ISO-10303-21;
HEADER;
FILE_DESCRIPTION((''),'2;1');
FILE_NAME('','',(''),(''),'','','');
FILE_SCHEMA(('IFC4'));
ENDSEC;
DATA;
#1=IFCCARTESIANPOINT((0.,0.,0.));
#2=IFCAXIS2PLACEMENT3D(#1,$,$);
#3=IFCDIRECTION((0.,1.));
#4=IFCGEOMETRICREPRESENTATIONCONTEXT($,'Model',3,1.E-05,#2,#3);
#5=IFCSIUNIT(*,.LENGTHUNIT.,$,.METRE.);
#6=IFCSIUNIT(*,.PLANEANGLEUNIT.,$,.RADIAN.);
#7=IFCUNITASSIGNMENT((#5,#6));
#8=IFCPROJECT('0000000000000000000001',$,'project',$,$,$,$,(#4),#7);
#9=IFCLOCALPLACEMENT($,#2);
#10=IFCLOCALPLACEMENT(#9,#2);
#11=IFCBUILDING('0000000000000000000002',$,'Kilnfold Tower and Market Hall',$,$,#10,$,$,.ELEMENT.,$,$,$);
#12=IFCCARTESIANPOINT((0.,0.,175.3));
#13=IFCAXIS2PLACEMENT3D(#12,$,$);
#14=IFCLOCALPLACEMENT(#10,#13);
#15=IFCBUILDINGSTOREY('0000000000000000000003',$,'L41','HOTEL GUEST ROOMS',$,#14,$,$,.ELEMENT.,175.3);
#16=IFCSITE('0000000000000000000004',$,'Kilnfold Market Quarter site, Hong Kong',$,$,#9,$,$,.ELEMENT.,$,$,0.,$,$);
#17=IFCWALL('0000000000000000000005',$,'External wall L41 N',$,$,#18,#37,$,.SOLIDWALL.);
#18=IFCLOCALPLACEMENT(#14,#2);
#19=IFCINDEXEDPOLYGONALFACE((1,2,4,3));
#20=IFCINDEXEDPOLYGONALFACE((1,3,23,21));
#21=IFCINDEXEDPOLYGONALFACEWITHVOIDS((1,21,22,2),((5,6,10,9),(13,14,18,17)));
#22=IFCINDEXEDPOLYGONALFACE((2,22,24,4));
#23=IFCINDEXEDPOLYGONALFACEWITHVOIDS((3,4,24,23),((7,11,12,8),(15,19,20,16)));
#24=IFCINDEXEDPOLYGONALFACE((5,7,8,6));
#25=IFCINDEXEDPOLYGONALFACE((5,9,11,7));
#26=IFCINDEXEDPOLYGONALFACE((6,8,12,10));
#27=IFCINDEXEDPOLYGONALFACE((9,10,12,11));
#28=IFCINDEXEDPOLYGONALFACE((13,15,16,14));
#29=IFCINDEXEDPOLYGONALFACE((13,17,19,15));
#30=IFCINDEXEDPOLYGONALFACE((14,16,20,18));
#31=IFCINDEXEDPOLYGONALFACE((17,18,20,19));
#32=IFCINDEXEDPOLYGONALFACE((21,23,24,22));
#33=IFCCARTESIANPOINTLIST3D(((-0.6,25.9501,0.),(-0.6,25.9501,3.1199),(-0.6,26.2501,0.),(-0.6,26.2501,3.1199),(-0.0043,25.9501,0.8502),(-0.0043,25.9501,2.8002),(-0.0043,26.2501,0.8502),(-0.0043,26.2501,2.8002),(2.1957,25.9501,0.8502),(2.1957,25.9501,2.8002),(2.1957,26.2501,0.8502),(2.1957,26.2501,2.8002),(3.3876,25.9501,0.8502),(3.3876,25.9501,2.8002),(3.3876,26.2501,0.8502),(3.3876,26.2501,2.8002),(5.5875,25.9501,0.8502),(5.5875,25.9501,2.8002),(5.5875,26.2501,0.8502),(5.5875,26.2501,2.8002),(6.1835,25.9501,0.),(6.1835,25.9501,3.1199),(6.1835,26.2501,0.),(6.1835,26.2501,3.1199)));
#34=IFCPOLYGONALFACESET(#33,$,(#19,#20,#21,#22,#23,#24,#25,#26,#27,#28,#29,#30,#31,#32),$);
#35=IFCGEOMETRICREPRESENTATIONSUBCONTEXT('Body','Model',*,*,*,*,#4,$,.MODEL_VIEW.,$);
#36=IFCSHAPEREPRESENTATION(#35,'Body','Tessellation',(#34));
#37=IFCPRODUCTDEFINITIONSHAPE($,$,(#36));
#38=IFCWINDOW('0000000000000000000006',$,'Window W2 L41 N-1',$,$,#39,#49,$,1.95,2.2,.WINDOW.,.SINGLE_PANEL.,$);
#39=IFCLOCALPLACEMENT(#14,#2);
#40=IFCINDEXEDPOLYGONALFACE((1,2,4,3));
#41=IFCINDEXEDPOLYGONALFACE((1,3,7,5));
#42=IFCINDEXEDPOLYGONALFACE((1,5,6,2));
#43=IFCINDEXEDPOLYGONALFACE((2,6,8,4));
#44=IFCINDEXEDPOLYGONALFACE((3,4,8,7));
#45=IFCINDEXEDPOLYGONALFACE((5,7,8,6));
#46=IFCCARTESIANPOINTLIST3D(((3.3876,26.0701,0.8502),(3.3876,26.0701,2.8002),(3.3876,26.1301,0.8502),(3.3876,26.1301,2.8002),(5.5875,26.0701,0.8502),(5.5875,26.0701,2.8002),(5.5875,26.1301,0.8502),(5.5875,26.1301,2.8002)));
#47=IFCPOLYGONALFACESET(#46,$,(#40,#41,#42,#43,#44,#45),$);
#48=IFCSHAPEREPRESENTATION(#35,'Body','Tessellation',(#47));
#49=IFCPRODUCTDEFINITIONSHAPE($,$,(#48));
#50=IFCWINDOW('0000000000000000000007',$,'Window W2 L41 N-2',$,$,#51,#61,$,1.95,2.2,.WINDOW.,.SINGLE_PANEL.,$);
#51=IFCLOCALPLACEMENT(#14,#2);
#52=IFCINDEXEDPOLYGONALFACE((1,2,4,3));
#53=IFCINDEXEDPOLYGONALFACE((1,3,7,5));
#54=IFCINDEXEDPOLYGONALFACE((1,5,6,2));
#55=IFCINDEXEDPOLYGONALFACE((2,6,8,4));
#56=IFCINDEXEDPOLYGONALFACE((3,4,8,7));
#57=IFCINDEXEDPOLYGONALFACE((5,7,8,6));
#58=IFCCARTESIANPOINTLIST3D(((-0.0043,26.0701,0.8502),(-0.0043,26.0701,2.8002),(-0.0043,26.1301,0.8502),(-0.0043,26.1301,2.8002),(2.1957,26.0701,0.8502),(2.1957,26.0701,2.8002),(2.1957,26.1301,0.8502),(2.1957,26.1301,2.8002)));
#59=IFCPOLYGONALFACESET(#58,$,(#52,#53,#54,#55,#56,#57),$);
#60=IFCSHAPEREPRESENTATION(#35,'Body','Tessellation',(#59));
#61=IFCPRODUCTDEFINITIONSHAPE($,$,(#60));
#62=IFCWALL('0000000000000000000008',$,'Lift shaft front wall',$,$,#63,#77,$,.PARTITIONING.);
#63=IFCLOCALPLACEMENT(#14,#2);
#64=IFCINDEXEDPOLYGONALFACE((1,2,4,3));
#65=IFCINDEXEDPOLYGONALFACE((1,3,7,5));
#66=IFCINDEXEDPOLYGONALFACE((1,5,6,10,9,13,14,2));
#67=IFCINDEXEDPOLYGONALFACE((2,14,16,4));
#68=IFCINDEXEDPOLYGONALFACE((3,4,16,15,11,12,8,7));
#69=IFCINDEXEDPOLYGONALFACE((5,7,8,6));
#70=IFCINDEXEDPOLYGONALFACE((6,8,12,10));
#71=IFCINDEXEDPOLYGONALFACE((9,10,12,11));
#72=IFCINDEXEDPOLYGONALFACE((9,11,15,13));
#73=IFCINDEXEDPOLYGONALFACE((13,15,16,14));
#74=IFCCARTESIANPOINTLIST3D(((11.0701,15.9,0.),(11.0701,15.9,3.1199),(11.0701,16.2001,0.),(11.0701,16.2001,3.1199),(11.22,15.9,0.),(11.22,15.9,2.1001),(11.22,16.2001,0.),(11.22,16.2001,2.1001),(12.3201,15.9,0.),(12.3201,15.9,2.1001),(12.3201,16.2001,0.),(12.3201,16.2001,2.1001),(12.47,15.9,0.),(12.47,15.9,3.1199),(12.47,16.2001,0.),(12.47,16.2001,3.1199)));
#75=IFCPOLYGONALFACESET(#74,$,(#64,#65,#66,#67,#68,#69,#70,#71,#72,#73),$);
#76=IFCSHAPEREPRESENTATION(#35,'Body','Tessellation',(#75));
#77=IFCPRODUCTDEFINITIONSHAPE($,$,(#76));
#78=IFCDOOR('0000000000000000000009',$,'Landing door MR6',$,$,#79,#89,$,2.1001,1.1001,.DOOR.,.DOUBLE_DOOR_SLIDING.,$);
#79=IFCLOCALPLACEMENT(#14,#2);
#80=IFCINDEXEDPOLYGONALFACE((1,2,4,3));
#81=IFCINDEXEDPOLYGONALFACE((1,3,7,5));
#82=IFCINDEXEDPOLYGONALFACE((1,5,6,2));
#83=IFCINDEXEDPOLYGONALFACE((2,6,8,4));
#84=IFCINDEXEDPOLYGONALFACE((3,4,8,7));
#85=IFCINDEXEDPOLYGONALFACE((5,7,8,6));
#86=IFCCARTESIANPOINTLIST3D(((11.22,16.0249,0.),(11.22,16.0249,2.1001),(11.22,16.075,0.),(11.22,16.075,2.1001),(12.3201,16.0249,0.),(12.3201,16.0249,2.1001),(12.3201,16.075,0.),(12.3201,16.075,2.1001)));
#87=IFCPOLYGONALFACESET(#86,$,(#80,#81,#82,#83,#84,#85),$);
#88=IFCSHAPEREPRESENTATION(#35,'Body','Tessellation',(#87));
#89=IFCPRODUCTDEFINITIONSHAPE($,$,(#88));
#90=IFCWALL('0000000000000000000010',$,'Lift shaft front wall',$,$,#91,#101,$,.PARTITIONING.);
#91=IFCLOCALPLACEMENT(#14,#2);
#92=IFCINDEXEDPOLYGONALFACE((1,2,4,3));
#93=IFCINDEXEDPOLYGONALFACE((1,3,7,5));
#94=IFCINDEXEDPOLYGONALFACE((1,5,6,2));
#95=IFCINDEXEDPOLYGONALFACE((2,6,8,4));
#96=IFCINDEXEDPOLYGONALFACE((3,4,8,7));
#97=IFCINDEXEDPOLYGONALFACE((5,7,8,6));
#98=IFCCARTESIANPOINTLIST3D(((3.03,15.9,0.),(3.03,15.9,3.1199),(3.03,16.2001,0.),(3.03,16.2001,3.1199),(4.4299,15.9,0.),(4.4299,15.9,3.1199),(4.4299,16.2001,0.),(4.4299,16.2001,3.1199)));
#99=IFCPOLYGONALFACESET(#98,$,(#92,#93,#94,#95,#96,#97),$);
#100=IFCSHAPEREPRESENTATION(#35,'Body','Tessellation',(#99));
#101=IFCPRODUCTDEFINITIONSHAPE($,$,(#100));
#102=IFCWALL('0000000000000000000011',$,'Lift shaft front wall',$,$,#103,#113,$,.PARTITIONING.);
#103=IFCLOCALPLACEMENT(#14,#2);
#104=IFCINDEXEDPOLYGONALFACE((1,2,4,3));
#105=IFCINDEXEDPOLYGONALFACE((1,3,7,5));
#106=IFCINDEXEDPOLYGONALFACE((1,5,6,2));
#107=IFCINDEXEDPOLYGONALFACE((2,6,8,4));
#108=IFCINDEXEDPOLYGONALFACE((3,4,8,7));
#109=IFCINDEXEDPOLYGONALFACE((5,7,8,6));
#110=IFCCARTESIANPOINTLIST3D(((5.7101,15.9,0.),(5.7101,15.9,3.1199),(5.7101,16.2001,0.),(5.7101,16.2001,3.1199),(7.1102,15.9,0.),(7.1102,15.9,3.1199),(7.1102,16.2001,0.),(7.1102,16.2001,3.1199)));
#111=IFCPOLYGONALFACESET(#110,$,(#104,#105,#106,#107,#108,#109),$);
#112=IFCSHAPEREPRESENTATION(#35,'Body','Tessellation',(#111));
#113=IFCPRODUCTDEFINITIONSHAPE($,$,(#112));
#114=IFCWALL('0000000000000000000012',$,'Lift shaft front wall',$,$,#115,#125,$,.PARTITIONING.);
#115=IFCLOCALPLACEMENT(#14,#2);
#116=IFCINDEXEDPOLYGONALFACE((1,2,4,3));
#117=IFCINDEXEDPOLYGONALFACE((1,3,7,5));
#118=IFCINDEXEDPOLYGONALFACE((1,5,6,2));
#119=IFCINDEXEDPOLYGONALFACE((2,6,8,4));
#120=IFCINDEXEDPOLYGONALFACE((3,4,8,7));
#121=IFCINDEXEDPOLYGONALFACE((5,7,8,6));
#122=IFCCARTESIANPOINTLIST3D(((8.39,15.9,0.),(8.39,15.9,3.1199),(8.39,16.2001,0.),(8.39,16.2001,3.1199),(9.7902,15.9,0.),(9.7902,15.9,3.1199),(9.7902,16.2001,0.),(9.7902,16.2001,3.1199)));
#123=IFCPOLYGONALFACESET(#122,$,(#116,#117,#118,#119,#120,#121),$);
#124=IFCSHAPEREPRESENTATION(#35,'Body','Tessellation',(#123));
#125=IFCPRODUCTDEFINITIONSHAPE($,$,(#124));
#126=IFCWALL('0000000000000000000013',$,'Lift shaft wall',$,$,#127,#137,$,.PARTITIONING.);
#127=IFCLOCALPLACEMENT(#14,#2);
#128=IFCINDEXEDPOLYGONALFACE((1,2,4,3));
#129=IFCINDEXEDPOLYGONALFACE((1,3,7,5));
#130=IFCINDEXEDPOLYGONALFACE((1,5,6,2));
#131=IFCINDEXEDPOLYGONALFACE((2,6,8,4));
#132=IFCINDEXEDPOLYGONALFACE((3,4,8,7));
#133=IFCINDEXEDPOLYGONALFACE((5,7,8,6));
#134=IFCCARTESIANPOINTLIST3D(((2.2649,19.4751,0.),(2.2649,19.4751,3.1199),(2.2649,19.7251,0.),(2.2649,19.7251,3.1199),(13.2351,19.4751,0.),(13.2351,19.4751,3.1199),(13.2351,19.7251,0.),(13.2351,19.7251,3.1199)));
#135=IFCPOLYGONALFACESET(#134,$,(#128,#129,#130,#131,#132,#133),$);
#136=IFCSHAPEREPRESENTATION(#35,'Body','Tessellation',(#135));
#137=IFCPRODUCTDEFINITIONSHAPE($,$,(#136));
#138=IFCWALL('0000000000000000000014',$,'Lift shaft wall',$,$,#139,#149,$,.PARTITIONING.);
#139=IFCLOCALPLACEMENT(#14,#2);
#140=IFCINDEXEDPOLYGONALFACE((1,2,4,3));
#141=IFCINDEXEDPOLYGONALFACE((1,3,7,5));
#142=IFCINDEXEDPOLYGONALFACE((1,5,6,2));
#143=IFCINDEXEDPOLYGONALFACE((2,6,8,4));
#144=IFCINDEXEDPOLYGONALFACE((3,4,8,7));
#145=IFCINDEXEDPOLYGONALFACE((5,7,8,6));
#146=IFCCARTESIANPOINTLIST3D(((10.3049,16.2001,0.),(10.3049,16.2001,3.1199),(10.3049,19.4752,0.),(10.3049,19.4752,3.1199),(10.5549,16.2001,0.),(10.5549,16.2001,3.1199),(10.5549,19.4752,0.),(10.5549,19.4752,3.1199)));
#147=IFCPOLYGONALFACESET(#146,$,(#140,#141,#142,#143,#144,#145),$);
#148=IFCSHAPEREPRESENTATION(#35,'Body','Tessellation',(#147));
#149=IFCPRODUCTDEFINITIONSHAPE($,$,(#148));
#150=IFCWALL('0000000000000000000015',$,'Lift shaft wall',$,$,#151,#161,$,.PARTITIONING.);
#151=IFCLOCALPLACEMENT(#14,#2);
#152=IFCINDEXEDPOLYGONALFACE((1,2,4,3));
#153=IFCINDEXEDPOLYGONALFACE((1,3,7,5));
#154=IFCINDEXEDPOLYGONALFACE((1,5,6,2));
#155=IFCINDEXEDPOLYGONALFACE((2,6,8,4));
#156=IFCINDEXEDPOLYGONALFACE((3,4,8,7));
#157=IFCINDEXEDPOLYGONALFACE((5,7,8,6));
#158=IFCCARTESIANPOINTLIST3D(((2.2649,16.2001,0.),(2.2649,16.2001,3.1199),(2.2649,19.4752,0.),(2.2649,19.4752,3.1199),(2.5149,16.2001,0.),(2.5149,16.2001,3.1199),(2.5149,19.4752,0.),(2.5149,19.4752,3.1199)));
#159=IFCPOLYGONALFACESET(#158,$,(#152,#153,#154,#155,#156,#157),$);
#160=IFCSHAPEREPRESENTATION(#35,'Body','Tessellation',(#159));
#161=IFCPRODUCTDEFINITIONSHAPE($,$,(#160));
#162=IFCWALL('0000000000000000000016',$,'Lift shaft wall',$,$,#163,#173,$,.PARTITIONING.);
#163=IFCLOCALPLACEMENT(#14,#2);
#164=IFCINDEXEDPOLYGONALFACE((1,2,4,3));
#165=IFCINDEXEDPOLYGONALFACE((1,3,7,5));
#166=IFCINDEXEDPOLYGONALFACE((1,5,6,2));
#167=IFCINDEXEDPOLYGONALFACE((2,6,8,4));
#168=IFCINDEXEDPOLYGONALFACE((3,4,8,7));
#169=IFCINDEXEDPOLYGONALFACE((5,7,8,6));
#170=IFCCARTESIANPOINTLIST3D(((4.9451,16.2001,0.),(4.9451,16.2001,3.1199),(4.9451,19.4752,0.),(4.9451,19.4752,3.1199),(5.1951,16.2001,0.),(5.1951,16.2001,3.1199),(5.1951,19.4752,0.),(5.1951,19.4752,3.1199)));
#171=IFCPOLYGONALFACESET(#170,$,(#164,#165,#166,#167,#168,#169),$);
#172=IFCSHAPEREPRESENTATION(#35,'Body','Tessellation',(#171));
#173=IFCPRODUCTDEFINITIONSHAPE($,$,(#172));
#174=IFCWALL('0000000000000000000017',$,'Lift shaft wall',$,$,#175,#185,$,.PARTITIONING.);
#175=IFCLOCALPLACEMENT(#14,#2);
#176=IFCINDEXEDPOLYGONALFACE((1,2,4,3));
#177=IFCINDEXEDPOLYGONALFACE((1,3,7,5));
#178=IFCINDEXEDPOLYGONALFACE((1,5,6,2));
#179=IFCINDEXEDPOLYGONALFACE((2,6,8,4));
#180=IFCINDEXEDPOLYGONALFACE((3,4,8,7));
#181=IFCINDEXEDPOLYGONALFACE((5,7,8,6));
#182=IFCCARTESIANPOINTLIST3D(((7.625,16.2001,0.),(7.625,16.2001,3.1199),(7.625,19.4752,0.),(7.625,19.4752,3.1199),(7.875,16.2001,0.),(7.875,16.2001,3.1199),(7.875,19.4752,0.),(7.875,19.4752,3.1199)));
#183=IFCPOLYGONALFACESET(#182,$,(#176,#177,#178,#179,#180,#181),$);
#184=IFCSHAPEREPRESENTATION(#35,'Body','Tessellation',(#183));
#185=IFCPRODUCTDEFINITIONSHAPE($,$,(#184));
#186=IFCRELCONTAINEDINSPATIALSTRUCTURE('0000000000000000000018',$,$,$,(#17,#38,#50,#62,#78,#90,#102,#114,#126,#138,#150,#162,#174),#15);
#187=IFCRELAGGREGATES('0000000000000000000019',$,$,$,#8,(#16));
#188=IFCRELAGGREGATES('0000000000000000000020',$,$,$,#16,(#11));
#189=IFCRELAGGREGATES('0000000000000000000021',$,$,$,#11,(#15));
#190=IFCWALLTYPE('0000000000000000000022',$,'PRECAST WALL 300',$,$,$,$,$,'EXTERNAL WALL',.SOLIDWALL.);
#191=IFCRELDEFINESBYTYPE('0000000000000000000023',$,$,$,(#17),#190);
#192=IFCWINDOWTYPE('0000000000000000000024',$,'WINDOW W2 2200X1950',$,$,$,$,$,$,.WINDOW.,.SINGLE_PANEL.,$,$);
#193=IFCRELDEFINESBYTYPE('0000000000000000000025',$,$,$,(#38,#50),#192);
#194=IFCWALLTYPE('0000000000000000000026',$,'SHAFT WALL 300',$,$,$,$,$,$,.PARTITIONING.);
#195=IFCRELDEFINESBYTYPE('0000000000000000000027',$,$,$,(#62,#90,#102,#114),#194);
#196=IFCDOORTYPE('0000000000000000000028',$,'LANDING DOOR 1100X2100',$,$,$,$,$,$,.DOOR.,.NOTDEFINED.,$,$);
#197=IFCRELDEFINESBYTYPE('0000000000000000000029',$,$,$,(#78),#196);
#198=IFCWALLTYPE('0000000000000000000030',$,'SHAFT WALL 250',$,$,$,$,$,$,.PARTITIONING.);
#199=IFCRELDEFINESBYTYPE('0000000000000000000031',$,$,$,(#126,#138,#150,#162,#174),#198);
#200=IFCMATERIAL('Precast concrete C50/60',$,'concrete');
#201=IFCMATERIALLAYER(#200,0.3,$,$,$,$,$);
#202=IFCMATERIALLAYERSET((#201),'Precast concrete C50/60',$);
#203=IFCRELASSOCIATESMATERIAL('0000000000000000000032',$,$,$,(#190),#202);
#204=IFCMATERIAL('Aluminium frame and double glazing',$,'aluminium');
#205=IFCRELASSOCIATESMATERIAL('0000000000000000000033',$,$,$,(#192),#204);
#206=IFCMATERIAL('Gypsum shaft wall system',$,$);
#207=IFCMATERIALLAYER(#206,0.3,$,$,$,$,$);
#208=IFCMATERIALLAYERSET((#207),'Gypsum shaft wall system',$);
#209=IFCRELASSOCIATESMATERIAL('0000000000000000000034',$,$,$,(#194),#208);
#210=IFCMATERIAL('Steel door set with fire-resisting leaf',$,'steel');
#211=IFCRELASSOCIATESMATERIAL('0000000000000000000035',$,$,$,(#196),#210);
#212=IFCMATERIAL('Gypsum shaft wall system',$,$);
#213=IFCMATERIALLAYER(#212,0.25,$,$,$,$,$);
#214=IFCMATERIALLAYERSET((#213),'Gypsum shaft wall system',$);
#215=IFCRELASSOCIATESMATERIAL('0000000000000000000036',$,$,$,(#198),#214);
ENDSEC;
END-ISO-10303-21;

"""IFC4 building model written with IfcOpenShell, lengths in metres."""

from ifc_helpers import new_model, si_unit, direction, frame, frame_2d, origin, place, context, subcontext, project, spatial, rectangle, extrude, source, transform, mapped, material, layer, layer_set, type_object, element, fill, save


model = new_model("IFC4")

# Units and contexts
model_context = context("Model", 3, precision=1e-05, world=origin(), true_north=direction((0.0, 1.0)))
body_context = subcontext(model_context, "Body", "Model", "MODEL_VIEW")
ifc_project = project(units=[si_unit("LENGTHUNIT", "METRE"), si_unit("PLANEANGLEUNIT", "RADIAN")], contexts=[model_context])

# Site, building, storey
site_placement = place(None, origin())
site = spatial("IfcSite", under=ifc_project, at=site_placement, Name="Kilnfold Market Quarter site, Hong Kong", CompositionType="ELEMENT", RefElevation=0.0)
building_placement = place(site_placement, origin())
building = spatial("IfcBuilding", under=site, at=building_placement, Name="Kilnfold Tower and Market Hall", CompositionType="ELEMENT")
storey_placement = place(building_placement, frame((0.0, 0.0, 175.3)))
storey = spatial("IfcBuildingStorey", under=building, at=storey_placement, Name="L41", Description="HOTEL GUEST ROOMS", CompositionType="ELEMENT", Elevation=175.3)

# Wall, openings, windows
ifc_material_1 = material(Name="Precast concrete C50/60", Category="concrete")
ifc_layer_1 = layer(ifc_material_1, 0.3)
ifc_layer_set_1 = layer_set([ifc_layer_1], Name="Precast concrete C50/60")
wall_type_1 = type_object("IfcWallType", Name="PRECAST WALL 300", ElementType="EXTERNAL WALL", PredefinedType="SOLIDWALL", material=ifc_layer_set_1)
shared_shape_1 = source(origin(), body_context, "Body", "SweptSolid", [
    extrude(rectangle(XDim=6.7834, YDim=0.3, at=frame_2d((3.3916, 0.0))), origin(), (0.0, 0.0, 1.0), 3.1199),
])
wall_1_placement = place(storey_placement, frame((6.1833, 26.1001, 0.0), z_axis=(0.0, 0.0, 1.0), x_axis=(-1.0, 0.0, 0.0)))
wall_1 = element("IfcWall", 1, at=wall_1_placement, inside=storey, type_object=wall_type_1, Name="External wall L41 N", PredefinedType="SOLIDWALL", context=body_context, shape_type="MappedRepresentation", body=[
    mapped(shared_shape_1, transform((0.0, 0.0, 0.0))),
])
opening_1_placement = place(wall_1_placement, frame((0.5957, 0.0, 0.8501)))
opening_1 = element("IfcOpeningElement", 2, at=opening_1_placement, cuts=wall_1, PredefinedType="OPENING", context=body_context, shape_type="SweptSolid", body=[
    extrude(rectangle(XDim=2.2, YDim=1.95, at=frame_2d((1.1001, 0.9751))), frame((0.0, 0.1602, 0.0), z_axis=(0.0, -1.0, 0.0), x_axis=(1.0, 0.0, 0.0)), (0.0, 0.0, 1.0), 0.3201),
])
opening_2_placement = place(wall_1_placement, frame((3.9875, 0.0, 0.8501)))
opening_2 = element("IfcOpeningElement", 3, at=opening_2_placement, cuts=wall_1, PredefinedType="OPENING", context=body_context, shape_type="SweptSolid", body=[
    extrude(rectangle(XDim=2.2, YDim=1.95, at=frame_2d((1.1001, 0.9751))), frame((0.0, 0.1602, 0.0), z_axis=(0.0, -1.0, 0.0), x_axis=(1.0, 0.0, 0.0)), (0.0, 0.0, 1.0), 0.3201),
])
ifc_material_2 = material(Name="Aluminium frame and double glazing", Category="aluminium")
window_type = type_object("IfcWindowType", Name="WINDOW W2 2200X1950", PartitioningType="SINGLE_PANEL", PredefinedType="WINDOW", material=ifc_material_2)
window_1_placement = place(opening_1_placement, origin())
window_1 = element("IfcWindow", 4, at=window_1_placement, inside=storey, type_object=window_type, Name="Window W2 L41 N-1", OverallHeight=1.95, OverallWidth=2.2, PartitioningType="SINGLE_PANEL", PredefinedType="WINDOW", context=body_context, shape_type="SweptSolid", body=[
    extrude(rectangle(XDim=2.2, YDim=1.95, at=frame_2d((1.1001, 0.9751))), frame((0.0, 0.03, 0.0), z_axis=(0.0, -1.0, 0.0), x_axis=(1.0, 0.0, 0.0)), (0.0, 0.0, 1.0), 0.0601),
])
fill(opening_1, window_1)
window_2_placement = place(opening_2_placement, origin())
window_2 = element("IfcWindow", 5, at=window_2_placement, inside=storey, type_object=window_type, Name="Window W2 L41 N-2", OverallHeight=1.95, OverallWidth=2.2, PartitioningType="SINGLE_PANEL", PredefinedType="WINDOW", context=body_context, shape_type="SweptSolid", body=[
    extrude(rectangle(XDim=2.2, YDim=1.95, at=frame_2d((1.1001, 0.9751))), frame((0.0, 0.03, 0.0), z_axis=(0.0, -1.0, 0.0), x_axis=(1.0, 0.0, 0.0)), (0.0, 0.0, 1.0), 0.0601),
])
fill(opening_2, window_2)

# Wall, opening, door
ifc_material_3 = material(Name="Gypsum shaft wall system")
ifc_layer_2 = layer(ifc_material_3, 0.3)
ifc_layer_set_2 = layer_set([ifc_layer_2], Name="Gypsum shaft wall system")
wall_type_2 = type_object("IfcWallType", Name="SHAFT WALL 300", PredefinedType="PARTITIONING", material=ifc_layer_set_2)
shared_shape_2 = source(origin(), body_context, "Body", "SweptSolid", [
    extrude(rectangle(XDim=1.3999, YDim=0.3, at=frame_2d((0.7, 0.0))), origin(), (0.0, 0.0, 1.0), 3.1199),
])
wall_2_placement = place(storey_placement, frame((11.0701, 16.05, 0.0), z_axis=(0.0, 0.0, 1.0), x_axis=(1.0, 0.0, 0.0)))
wall_2 = element("IfcWall", 6, at=wall_2_placement, inside=storey, type_object=wall_type_2, Name="Lift shaft front wall", PredefinedType="PARTITIONING", context=body_context, shape_type="MappedRepresentation", body=[
    mapped(shared_shape_2, transform((0.0, 0.0, 0.0))),
])
opening_3_placement = place(wall_2_placement, frame((0.1499, 0.0, 0.0)))
opening_3 = element("IfcOpeningElement", 7, at=opening_3_placement, cuts=wall_2, PredefinedType="OPENING", context=body_context, shape_type="SweptSolid", body=[
    extrude(rectangle(XDim=1.1001, YDim=2.1001, at=frame_2d((0.55, 1.05))), frame((0.0, 0.1602, 0.0), z_axis=(0.0, -1.0, 0.0), x_axis=(1.0, 0.0, 0.0)), (0.0, 0.0, 1.0), 0.3201),
])
ifc_material_4 = material(Name="Steel door set with fire-resisting leaf", Category="steel")
door_type = type_object("IfcDoorType", Name="LANDING DOOR 1100X2100", OperationType="NOTDEFINED", PredefinedType="DOOR", material=ifc_material_4)
door_placement = place(opening_3_placement, origin())
door = element("IfcDoor", 8, at=door_placement, inside=storey, type_object=door_type, Name="Landing door MR6", OperationType="DOUBLE_DOOR_SLIDING", OverallHeight=2.1001, OverallWidth=1.1001, PredefinedType="DOOR", context=body_context, shape_type="SweptSolid", body=[
    extrude(rectangle(XDim=1.1001, YDim=2.1001, at=frame_2d((0.55, 1.05))), frame((0.0, 0.0249, 0.0), z_axis=(0.0, -1.0, 0.0), x_axis=(1.0, 0.0, 0.0)), (0.0, 0.0, 1.0), 0.05),
])
fill(opening_3, door)

# Walls
wall_3_placement = place(storey_placement, frame((3.03, 16.05, 0.0), z_axis=(0.0, 0.0, 1.0), x_axis=(1.0, 0.0, 0.0)))
element("IfcWall", 9, at=wall_3_placement, inside=storey, type_object=wall_type_2, Name="Lift shaft front wall", PredefinedType="PARTITIONING", context=body_context, shape_type="MappedRepresentation", body=[
    mapped(shared_shape_2, transform((0.0, 0.0, 0.0))),
])
shared_shape_3 = source(origin(), body_context, "Body", "SweptSolid", [
    extrude(rectangle(XDim=1.4001, YDim=0.3, at=frame_2d((0.7002, 0.0))), origin(), (0.0, 0.0, 1.0), 3.1199),
])
for number, where, z_axis, x_axis, name in (
    (10, (5.71, 16.05, 0.0), (0.0, 0.0, 1.0), (1.0, 0.0, 0.0), "Lift shaft front wall"),
    (11, (8.3899, 16.05, 0.0), (0.0, 0.0, 1.0), (1.0, 0.0, 0.0), "Lift shaft front wall"),
):
    element("IfcWall", number, at=place(storey_placement, frame(where, z_axis=z_axis, x_axis=x_axis)), inside=storey, type_object=wall_type_2, Name=name, PredefinedType="PARTITIONING", context=body_context, shape_type="MappedRepresentation", body=[
        mapped(shared_shape_3, transform((0.0, 0.0, 0.0))),
    ])
ifc_material_5 = material(Name="Gypsum shaft wall system")
ifc_layer_3 = layer(ifc_material_5, 0.25)
ifc_layer_set_3 = layer_set([ifc_layer_3], Name="Gypsum shaft wall system")
wall_type_3 = type_object("IfcWallType", Name="SHAFT WALL 250", PredefinedType="PARTITIONING", material=ifc_layer_set_3)
shared_shape_4 = source(origin(), body_context, "Body", "SweptSolid", [
    extrude(rectangle(XDim=10.9702, YDim=0.25, at=frame_2d((5.4851, 0.0))), origin(), (0.0, 0.0, 1.0), 3.1199),
])
wall_4_placement = place(storey_placement, frame((2.2649, 19.6001, 0.0), z_axis=(0.0, 0.0, 1.0), x_axis=(1.0, 0.0, 0.0)))
element("IfcWall", 12, at=wall_4_placement, inside=storey, type_object=wall_type_3, Name="Lift shaft wall", PredefinedType="PARTITIONING", context=body_context, shape_type="MappedRepresentation", body=[
    mapped(shared_shape_4, transform((0.0, 0.0, 0.0))),
])
shared_shape_5 = source(origin(), body_context, "Body", "SweptSolid", [
    extrude(rectangle(XDim=3.2751, YDim=0.25, at=frame_2d((1.6377, 0.0))), origin(), (0.0, 0.0, 1.0), 3.1199),
])
for number, where, z_axis, x_axis, name in (
    (13, (10.4299, 16.2, 0.0), (0.0, 0.0, 1.0), (0.0, 1.0, 0.0), "Lift shaft wall"),
    (14, (2.3899, 16.2, 0.0), (0.0, 0.0, 1.0), (0.0, 1.0, 0.0), "Lift shaft wall"),
    (15, (5.0701, 16.2, 0.0), (0.0, 0.0, 1.0), (0.0, 1.0, 0.0), "Lift shaft wall"),
    (16, (7.75, 16.2, 0.0), (0.0, 0.0, 1.0), (0.0, 1.0, 0.0), "Lift shaft wall"),
):
    element("IfcWall", number, at=place(storey_placement, frame(where, z_axis=z_axis, x_axis=x_axis)), inside=storey, type_object=wall_type_3, Name=name, PredefinedType="PARTITIONING", context=body_context, shape_type="MappedRepresentation", body=[
        mapped(shared_shape_5, transform((0.0, 0.0, 0.0))),
    ])

save(model, "model.ifc")
